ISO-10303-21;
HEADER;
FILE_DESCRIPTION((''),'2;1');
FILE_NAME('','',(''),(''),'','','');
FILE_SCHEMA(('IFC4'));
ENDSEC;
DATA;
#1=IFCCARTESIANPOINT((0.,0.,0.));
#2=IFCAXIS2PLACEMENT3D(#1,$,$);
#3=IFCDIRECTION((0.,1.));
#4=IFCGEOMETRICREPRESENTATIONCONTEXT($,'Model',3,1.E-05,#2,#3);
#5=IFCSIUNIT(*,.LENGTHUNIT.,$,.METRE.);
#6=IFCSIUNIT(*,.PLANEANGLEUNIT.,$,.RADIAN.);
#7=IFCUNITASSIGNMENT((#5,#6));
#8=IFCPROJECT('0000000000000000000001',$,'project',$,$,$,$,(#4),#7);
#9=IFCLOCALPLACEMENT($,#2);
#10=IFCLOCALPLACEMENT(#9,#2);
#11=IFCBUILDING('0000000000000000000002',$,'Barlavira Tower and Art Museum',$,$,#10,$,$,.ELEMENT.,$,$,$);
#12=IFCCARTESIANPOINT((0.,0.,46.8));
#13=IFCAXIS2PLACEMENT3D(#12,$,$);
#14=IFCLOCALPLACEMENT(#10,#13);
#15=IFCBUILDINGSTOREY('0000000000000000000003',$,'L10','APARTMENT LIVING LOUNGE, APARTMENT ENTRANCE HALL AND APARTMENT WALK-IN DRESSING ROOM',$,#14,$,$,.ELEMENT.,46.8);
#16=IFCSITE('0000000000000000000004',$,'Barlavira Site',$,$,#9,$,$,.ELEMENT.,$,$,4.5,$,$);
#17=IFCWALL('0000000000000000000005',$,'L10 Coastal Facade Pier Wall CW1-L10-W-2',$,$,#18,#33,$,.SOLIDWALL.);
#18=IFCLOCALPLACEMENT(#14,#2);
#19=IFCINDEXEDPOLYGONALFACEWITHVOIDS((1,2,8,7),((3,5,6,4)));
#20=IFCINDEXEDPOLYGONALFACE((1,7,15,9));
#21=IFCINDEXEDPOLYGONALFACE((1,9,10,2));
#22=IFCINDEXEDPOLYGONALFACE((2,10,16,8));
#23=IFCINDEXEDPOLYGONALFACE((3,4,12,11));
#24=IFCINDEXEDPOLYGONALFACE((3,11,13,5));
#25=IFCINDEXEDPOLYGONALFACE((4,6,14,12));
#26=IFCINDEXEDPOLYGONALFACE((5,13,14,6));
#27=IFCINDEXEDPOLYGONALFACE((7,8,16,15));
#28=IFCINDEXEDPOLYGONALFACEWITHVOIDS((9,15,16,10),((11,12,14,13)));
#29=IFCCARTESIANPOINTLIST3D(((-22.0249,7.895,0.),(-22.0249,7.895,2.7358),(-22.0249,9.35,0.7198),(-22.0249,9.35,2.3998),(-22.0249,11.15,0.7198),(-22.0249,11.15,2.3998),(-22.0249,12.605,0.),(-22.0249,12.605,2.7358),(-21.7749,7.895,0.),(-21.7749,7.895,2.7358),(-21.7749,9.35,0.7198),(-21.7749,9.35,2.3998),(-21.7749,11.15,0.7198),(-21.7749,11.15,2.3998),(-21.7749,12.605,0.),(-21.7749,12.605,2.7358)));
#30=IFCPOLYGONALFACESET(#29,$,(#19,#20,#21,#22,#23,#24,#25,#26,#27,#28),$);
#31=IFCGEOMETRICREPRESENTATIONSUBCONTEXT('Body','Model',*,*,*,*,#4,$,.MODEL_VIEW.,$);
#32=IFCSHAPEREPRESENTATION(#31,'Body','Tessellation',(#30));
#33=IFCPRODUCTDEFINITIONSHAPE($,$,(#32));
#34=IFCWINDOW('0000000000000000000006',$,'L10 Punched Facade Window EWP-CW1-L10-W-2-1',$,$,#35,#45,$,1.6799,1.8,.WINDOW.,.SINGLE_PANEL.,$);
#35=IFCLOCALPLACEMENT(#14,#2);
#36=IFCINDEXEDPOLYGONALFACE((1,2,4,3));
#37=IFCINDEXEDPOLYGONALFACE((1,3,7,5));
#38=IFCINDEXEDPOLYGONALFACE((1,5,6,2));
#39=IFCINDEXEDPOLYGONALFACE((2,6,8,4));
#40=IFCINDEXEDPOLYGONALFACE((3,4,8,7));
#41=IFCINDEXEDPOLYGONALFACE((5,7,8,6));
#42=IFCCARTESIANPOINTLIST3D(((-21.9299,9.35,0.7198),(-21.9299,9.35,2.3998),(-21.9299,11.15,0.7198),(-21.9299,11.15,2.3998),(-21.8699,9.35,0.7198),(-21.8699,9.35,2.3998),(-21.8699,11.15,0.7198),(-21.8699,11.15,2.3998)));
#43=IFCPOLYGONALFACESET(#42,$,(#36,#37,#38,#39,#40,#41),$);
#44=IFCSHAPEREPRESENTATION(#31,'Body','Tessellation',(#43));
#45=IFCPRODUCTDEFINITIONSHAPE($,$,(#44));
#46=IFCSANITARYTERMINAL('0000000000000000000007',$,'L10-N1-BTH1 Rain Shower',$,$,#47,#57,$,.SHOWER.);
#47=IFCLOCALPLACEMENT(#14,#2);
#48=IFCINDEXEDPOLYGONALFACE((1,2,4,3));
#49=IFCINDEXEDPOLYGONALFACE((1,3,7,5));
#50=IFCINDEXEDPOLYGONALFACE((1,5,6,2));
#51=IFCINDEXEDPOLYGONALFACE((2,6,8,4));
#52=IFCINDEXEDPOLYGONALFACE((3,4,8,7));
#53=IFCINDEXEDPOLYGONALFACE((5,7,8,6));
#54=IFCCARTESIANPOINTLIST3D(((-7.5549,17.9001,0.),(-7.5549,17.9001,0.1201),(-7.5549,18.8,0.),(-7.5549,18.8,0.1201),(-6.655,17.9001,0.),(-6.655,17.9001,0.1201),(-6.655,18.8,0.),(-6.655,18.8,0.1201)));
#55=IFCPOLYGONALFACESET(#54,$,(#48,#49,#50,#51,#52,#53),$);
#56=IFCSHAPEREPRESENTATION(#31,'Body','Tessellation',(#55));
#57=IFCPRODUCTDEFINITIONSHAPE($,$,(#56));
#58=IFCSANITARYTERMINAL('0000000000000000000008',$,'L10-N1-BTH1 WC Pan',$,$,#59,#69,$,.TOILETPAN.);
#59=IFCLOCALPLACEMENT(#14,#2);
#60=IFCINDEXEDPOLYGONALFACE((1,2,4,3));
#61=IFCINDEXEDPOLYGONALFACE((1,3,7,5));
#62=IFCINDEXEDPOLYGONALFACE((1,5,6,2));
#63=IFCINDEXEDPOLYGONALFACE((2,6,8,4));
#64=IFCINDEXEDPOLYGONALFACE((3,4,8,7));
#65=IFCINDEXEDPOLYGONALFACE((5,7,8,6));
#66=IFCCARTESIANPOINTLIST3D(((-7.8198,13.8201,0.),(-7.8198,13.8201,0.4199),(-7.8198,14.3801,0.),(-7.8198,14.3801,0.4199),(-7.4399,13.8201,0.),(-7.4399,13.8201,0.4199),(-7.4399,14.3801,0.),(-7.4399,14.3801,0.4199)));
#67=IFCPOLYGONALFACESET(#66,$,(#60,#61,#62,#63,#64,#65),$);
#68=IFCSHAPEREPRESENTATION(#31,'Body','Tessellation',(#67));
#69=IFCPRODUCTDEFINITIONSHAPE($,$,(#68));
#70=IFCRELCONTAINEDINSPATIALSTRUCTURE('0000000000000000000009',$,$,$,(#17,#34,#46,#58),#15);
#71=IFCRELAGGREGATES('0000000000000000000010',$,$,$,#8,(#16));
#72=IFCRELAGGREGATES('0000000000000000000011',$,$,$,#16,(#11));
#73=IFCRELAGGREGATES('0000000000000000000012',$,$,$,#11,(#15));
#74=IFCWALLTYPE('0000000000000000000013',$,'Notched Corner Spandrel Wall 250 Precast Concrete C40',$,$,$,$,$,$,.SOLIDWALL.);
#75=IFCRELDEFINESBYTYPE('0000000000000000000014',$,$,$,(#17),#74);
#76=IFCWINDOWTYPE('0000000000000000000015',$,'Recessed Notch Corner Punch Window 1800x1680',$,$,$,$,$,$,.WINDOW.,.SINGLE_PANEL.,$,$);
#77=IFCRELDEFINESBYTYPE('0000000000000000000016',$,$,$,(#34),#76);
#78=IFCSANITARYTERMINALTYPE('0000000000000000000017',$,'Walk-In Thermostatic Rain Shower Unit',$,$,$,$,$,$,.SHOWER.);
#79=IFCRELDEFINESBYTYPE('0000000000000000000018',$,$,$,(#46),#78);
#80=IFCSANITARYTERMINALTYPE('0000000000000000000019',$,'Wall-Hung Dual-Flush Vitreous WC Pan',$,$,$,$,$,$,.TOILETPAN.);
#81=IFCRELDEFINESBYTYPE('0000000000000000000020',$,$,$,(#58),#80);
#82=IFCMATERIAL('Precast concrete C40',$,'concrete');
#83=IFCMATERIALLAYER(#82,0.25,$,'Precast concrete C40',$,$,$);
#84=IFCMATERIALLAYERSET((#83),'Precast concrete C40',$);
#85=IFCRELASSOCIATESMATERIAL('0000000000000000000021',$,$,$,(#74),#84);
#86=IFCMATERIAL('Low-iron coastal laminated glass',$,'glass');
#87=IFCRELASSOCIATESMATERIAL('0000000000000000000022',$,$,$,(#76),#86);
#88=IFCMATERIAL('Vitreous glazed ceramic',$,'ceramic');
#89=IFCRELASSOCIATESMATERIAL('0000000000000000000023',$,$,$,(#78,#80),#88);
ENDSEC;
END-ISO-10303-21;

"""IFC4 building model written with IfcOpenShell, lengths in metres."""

from ifc_helpers import new_model, si_unit, direction, frame, frame_2d, origin, origin_2d, place, context, subcontext, project, spatial, rectangle, extrude, material, layer, layer_set, type_object, element, fill, save


model = new_model("IFC4")

# Units and contexts
model_context = context("Model", 3, precision=1e-05, world=origin(), true_north=direction((0.0, 1.0)))
body_context = subcontext(model_context, "Body", "Model", "MODEL_VIEW")
ifc_project = project(units=[si_unit("LENGTHUNIT", "METRE"), si_unit("PLANEANGLEUNIT", "RADIAN")], contexts=[model_context])

# Site, building, storey
site_placement = place(None, origin())
site = spatial("IfcSite", under=ifc_project, at=site_placement, Name="Barlavira Site", CompositionType="ELEMENT", RefElevation=4.5)
building_placement = place(site_placement, origin())
building = spatial("IfcBuilding", under=site, at=building_placement, Name="Barlavira Tower and Art Museum", CompositionType="ELEMENT")
storey_placement = place(building_placement, frame((0.0, 0.0, 46.8)))
storey = spatial("IfcBuildingStorey", under=building, at=storey_placement, Name="L10", Description="APARTMENT LIVING LOUNGE, APARTMENT ENTRANCE HALL AND APARTMENT WALK-IN DRESSING ROOM", CompositionType="ELEMENT", Elevation=46.8)

# Wall, opening, window
ifc_material_1 = material(Name="Precast concrete C40", Category="concrete")
ifc_layer_1 = layer(ifc_material_1, 0.25, Name="Precast concrete C40")
ifc_layer_set_1 = layer_set([ifc_layer_1], Name="Precast concrete C40")
wall_type_1 = type_object("IfcWallType", Name="Notched Corner Spandrel Wall 250 Precast Concrete C40", PredefinedType="SOLIDWALL", material=ifc_layer_set_1)
wall_1_placement = place(storey_placement, frame((-21.8999, 12.605, 0.0), z_axis=(0.0, 0.0, 1.0), x_axis=(0.0, -1.0, 0.0)))
wall_1 = element("IfcWall", 1, at=wall_1_placement, inside=storey, type_object=wall_type_1, Name="L10 Coastal Facade Pier Wall CW1-L10-W-2", PredefinedType="SOLIDWALL", context=body_context, shape_type="SweptSolid", body=[
    extrude(rectangle(XDim=4.71, YDim=0.25, at=frame_2d((2.355, 0.0))), origin(), (0.0, 0.0, 1.0), 2.7358),
])
opening_1_placement = place(wall_1_placement, frame((1.4551, 0.0, 0.72)))
opening_1 = element("IfcOpeningElement", 2, at=opening_1_placement, cuts=wall_1, PredefinedType="OPENING", context=body_context, shape_type="SweptSolid", body=[
    extrude(rectangle(XDim=1.8, YDim=1.6799, at=frame_2d((0.8999, 0.8398))), frame((0.0, 0.135, 0.0), z_axis=(0.0, -1.0, 0.0), x_axis=(1.0, 0.0, 0.0)), (0.0, 0.0, 1.0), 0.27),
])
ifc_material_2 = material(Name="Low-iron coastal laminated glass", Category="glass")
window_type = type_object("IfcWindowType", Name="Recessed Notch Corner Punch Window 1800x1680", PartitioningType="SINGLE_PANEL", PredefinedType="WINDOW", material=ifc_material_2)
window_placement = place(opening_1_placement, origin())
window = element("IfcWindow", 3, at=window_placement, inside=storey, type_object=window_type, Name="L10 Punched Facade Window EWP-CW1-L10-W-2-1", OverallHeight=1.6799, OverallWidth=1.8, PartitioningType="SINGLE_PANEL", PredefinedType="WINDOW", context=body_context, shape_type="SweptSolid", body=[
    extrude(rectangle(XDim=1.8, YDim=1.6799, at=frame_2d((0.8999, 0.8398))), frame((0.0, 0.03, 0.0), z_axis=(0.0, -1.0, 0.0), x_axis=(1.0, 0.0, 0.0)), (0.0, 0.0, 1.0), 0.0601),
])
fill(opening_1, window)

# Sanitary terminals
ifc_material_3 = material(Name="Vitreous glazed ceramic", Category="ceramic")
sanitary_terminal_type_1 = type_object("IfcSanitaryTerminalType", Name="Walk-In Thermostatic Rain Shower Unit", PredefinedType="SHOWER", material=ifc_material_3)
sanitary_terminal_1_placement = place(storey_placement, frame((-7.105, 18.3501, 0.0), z_axis=(0.0, 0.0, 1.0), x_axis=(1.0, 0.0, 0.0)))
element("IfcSanitaryTerminal", 4, at=sanitary_terminal_1_placement, inside=storey, type_object=sanitary_terminal_type_1, Name="L10-N1-BTH1 Rain Shower", PredefinedType="SHOWER", context=body_context, shape_type="SweptSolid", body=[
    extrude(rectangle(XDim=0.8999, YDim=0.8999, at=origin_2d()), origin(), (0.0, 0.0, 1.0), 0.1201),
])
sanitary_terminal_type_2 = type_object("IfcSanitaryTerminalType", Name="Wall-Hung Dual-Flush Vitreous WC Pan", PredefinedType="TOILETPAN", material=ifc_material_3)
sanitary_terminal_2_placement = place(storey_placement, frame((-7.6299, 14.1001, 0.0), z_axis=(0.0, 0.0, 1.0), x_axis=(1.0, 0.0, 0.0)))
element("IfcSanitaryTerminal", 5, at=sanitary_terminal_2_placement, inside=storey, type_object=sanitary_terminal_type_2, Name="L10-N1-BTH1 WC Pan", PredefinedType="TOILETPAN", context=body_context, shape_type="SweptSolid", body=[
    extrude(rectangle(XDim=0.3799, YDim=0.5601, at=origin_2d()), origin(), (0.0, 0.0, 1.0), 0.4199),
])

save(model, "model.ifc")
